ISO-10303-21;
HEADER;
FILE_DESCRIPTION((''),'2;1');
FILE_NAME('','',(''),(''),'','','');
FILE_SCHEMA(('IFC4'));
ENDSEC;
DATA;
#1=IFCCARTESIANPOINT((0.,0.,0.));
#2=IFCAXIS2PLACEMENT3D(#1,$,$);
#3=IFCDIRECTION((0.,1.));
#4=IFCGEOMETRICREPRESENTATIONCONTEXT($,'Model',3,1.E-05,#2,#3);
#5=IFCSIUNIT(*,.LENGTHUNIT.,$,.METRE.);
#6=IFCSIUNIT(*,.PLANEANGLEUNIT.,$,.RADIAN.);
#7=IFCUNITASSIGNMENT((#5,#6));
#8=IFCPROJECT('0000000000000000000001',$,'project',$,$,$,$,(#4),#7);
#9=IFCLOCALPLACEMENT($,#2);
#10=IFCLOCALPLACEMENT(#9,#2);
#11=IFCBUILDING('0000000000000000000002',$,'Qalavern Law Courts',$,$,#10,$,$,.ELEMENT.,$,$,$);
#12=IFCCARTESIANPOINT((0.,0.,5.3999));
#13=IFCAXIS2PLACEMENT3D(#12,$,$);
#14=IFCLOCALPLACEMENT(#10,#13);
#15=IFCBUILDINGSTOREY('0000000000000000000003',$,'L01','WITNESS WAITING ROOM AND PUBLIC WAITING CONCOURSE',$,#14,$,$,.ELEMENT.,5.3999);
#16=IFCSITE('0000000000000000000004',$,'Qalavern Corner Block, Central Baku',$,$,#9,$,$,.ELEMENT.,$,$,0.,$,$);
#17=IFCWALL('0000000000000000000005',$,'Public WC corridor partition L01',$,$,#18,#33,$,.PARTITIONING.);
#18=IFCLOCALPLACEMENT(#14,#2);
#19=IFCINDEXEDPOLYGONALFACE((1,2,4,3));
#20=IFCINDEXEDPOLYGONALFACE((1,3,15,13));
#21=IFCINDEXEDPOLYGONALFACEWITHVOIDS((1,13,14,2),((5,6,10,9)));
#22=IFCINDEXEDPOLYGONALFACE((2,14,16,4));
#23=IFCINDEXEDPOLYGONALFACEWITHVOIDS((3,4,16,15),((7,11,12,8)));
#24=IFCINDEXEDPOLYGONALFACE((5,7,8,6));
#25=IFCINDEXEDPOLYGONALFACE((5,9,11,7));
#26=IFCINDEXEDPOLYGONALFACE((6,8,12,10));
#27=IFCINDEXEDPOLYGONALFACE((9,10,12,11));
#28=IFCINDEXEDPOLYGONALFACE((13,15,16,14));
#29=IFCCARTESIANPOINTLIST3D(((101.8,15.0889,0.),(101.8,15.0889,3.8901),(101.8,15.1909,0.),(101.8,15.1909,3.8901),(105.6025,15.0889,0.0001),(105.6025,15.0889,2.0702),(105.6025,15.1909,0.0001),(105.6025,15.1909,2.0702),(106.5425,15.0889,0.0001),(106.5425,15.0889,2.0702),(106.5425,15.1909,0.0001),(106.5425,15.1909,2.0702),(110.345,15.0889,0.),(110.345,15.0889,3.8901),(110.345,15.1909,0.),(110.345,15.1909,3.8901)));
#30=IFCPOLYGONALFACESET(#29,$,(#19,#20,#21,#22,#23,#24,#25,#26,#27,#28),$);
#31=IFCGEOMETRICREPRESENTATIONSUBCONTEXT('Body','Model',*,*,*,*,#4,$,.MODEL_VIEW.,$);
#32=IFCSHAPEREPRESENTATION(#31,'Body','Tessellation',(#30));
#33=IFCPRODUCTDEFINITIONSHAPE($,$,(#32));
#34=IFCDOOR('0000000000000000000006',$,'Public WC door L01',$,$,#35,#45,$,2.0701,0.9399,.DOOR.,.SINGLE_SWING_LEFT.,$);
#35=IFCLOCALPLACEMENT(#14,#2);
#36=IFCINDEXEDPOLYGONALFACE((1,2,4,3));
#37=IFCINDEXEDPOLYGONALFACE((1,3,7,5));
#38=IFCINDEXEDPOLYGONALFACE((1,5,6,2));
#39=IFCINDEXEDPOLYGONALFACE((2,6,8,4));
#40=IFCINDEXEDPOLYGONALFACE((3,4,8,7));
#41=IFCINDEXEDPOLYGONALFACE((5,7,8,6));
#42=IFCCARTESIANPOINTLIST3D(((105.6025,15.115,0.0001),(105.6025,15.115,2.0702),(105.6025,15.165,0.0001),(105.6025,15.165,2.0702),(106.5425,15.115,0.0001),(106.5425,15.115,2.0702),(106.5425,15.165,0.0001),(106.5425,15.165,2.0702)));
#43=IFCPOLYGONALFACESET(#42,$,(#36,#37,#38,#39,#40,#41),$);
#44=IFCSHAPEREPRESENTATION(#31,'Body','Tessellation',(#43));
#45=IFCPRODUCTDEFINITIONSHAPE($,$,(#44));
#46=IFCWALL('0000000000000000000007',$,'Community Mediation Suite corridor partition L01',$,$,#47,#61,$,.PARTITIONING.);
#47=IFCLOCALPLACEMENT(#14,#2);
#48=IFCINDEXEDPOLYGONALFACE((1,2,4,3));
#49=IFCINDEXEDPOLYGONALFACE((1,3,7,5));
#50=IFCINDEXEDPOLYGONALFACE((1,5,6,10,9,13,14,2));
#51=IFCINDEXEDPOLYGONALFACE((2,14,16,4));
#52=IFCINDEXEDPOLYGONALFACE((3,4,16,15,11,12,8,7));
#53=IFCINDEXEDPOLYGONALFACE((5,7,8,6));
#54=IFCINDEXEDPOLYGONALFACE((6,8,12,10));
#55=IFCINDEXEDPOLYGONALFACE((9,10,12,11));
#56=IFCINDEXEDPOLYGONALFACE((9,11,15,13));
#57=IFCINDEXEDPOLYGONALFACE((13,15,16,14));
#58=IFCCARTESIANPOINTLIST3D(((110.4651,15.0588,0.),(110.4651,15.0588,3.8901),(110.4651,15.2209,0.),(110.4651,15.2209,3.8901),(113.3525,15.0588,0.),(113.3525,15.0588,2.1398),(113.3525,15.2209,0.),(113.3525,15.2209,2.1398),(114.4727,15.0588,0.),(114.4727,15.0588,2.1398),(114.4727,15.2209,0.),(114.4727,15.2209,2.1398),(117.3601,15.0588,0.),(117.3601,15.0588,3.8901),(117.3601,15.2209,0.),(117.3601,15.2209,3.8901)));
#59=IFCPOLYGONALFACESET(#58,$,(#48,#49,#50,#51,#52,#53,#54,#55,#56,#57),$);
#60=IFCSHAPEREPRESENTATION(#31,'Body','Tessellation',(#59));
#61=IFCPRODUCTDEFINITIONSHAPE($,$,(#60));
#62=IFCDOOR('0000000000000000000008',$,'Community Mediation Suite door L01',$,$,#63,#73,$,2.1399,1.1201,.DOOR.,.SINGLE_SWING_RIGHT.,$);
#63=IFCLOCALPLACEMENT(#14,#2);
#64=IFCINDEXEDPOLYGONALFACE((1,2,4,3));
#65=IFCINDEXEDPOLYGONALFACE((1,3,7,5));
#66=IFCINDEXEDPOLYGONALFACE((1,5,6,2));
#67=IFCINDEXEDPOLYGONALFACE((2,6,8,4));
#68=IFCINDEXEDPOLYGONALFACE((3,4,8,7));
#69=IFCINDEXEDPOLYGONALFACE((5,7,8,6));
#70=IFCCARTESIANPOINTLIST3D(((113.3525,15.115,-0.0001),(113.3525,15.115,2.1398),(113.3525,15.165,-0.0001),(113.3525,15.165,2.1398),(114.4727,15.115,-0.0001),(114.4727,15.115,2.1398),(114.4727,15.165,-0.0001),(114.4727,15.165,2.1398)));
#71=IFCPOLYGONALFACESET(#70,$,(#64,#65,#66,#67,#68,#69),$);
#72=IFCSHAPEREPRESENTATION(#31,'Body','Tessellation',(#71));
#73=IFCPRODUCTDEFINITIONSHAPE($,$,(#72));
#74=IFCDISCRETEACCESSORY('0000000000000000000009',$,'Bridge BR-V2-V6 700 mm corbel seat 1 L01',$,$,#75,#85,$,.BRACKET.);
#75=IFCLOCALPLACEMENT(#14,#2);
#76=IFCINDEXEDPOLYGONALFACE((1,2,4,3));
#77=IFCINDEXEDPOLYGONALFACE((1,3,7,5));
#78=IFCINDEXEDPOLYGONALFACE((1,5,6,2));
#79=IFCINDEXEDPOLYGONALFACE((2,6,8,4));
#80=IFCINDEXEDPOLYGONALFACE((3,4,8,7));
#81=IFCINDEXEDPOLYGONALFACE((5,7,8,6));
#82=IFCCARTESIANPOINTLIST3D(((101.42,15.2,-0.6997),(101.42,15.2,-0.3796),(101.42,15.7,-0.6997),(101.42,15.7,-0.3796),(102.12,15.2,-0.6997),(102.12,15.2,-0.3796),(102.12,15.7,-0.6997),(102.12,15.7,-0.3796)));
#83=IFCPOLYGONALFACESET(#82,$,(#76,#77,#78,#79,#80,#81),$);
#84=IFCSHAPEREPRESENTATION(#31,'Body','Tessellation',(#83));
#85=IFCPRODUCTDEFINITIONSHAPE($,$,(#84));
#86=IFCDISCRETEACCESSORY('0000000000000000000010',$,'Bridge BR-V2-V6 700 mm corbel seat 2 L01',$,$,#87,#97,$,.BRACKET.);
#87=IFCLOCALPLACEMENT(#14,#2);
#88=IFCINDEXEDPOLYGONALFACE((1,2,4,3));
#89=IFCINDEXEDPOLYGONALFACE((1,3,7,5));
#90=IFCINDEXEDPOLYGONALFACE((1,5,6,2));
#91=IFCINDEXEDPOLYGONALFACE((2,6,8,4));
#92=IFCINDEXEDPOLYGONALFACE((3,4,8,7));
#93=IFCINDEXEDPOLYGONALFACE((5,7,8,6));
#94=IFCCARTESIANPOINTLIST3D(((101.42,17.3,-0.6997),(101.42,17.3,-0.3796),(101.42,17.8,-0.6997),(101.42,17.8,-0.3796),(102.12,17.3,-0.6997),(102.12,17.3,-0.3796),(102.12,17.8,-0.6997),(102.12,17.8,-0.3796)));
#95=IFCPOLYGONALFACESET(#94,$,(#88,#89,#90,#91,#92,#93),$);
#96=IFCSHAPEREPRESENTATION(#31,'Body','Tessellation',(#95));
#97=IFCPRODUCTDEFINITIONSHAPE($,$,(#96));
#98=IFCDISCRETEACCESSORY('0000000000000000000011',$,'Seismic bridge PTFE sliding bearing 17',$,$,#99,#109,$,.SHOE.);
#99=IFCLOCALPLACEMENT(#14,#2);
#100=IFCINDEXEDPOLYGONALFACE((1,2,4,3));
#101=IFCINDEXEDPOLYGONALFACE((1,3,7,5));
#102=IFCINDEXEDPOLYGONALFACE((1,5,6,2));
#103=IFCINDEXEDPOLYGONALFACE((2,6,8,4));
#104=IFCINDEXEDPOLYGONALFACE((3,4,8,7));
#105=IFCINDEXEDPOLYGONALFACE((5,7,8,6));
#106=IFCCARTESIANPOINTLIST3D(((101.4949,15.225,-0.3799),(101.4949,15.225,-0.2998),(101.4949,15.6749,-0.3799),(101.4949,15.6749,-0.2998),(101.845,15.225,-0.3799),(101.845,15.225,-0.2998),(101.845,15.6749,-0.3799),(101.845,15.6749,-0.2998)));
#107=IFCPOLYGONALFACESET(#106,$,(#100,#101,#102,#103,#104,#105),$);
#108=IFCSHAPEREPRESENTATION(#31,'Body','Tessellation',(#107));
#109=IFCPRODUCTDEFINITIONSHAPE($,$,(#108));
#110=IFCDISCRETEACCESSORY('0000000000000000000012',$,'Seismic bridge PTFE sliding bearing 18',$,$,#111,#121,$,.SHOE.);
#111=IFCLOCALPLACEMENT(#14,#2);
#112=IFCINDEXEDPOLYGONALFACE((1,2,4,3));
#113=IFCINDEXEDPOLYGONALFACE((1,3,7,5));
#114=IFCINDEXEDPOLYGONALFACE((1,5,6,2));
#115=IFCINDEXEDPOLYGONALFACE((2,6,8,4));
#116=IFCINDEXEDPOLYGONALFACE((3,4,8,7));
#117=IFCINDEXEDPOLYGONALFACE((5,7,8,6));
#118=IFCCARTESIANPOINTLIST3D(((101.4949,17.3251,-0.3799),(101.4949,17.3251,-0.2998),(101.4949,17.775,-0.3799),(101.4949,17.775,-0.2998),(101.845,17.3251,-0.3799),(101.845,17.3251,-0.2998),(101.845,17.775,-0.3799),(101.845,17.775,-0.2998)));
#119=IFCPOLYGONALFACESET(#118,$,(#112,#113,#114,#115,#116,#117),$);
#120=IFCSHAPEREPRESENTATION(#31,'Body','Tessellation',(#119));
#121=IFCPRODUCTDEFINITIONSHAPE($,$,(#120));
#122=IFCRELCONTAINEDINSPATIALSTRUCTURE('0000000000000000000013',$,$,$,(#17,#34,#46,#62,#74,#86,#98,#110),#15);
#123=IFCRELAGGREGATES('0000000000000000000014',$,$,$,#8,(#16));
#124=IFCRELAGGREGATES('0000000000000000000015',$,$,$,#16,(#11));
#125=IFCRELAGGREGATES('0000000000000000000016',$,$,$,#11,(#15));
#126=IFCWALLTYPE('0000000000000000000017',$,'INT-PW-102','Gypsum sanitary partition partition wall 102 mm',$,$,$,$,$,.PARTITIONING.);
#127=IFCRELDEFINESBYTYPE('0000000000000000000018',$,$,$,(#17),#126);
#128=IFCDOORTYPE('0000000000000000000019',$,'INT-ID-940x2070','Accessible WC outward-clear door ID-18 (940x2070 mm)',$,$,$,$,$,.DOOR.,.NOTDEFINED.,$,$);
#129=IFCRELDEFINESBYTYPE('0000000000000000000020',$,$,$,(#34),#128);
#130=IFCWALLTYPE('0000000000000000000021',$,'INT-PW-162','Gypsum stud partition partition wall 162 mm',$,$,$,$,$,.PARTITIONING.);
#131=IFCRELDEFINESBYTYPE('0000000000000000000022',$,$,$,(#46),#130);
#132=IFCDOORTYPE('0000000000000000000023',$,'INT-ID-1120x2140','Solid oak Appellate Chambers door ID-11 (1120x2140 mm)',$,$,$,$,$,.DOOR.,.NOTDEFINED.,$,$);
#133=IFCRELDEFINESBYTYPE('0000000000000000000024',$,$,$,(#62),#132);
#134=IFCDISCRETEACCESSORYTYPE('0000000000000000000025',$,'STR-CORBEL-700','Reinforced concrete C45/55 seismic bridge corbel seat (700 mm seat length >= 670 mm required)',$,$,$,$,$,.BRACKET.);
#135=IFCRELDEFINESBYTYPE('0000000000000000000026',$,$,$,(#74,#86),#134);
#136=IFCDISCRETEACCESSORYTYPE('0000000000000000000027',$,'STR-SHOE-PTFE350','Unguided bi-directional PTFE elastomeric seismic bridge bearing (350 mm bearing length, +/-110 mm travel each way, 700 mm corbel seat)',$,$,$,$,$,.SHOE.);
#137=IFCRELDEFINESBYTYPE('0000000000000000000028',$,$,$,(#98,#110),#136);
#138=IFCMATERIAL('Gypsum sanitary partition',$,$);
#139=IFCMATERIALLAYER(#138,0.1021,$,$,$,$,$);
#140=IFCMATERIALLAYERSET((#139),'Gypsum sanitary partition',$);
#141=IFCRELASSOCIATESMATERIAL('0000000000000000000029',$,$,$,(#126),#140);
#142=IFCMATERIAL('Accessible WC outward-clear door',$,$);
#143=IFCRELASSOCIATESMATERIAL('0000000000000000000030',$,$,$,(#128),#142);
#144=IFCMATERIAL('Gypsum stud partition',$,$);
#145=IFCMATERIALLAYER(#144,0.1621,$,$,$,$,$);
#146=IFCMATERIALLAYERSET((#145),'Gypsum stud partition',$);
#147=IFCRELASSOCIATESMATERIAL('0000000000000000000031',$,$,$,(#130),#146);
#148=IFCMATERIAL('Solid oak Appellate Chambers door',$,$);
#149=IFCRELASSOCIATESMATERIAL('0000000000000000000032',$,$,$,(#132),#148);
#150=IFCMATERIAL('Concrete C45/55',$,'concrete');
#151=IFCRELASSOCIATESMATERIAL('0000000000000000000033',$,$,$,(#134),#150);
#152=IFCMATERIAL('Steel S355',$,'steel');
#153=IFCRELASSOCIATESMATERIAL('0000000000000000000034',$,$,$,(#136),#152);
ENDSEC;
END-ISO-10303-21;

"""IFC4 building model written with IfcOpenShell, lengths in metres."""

from ifc_helpers import new_model, si_unit, direction, frame, frame_2d, origin, origin_2d, place, context, subcontext, project, spatial, rectangle, extrude, material, layer, layer_set, type_object, element, fill, save


model = new_model("IFC4")

# Units and contexts
model_context = context("Model", 3, precision=1e-05, world=origin(), true_north=direction((0.0, 1.0)))
body_context = subcontext(model_context, "Body", "Model", "MODEL_VIEW")
ifc_project = project(units=[si_unit("LENGTHUNIT", "METRE"), si_unit("PLANEANGLEUNIT", "RADIAN")], contexts=[model_context])

# Site, building, storey
site_placement = place(None, origin())
site = spatial("IfcSite", under=ifc_project, at=site_placement, Name="Qalavern Corner Block, Central Baku", CompositionType="ELEMENT", RefElevation=0.0)
building_placement = place(site_placement, origin())
building = spatial("IfcBuilding", under=site, at=building_placement, Name="Qalavern Law Courts", CompositionType="ELEMENT")
storey_placement = place(building_placement, frame((0.0, 0.0, 5.3999)))
storey = spatial("IfcBuildingStorey", under=building, at=storey_placement, Name="L01", Description="WITNESS WAITING ROOM AND PUBLIC WAITING CONCOURSE", CompositionType="ELEMENT", Elevation=5.3999)

# Shared definitions
ifc_material_1 = material(Name="Concrete C45/55", Category="concrete")

# Shared definitions
ifc_material_2 = material(Name="Steel S355", Category="steel")

# Walls, openings, doors
ifc_material_3 = material(Name="Gypsum sanitary partition")
ifc_layer_1 = layer(ifc_material_3, 0.1021)
ifc_layer_set_1 = layer_set([ifc_layer_1], Name="Gypsum sanitary partition")
wall_type_1 = type_object("IfcWallType", Name="INT-PW-102", Description="Gypsum sanitary partition partition wall 102 mm", PredefinedType="PARTITIONING", material=ifc_layer_set_1)
wall_1_placement = place(storey_placement, frame((101.8, 15.1399, 0.0), z_axis=(0.0, 0.0, 1.0), x_axis=(1.0, 0.0, 0.0)))
wall_1 = element("IfcWall", 1, at=wall_1_placement, inside=storey, type_object=wall_type_1, Name="Public WC corridor partition L01", PredefinedType="PARTITIONING", context=body_context, shape_type="SweptSolid", body=[
    extrude(rectangle(XDim=8.5449, YDim=0.1021, at=frame_2d((4.2725, 0.0))), origin(), (0.0, 0.0, 1.0), 3.8901),
])
opening_1_placement = place(wall_1_placement, frame((3.8025, 0.0, 0.0)))
opening_1 = element("IfcOpeningElement", 2, at=opening_1_placement, cuts=wall_1, PredefinedType="OPENING", context=body_context, shape_type="SweptSolid", body=[
    extrude(rectangle(XDim=0.9399, YDim=2.0701, at=frame_2d((0.47, 1.0352))), frame((0.0, 0.0659, 0.0), z_axis=(0.0, -1.0, 0.0), x_axis=(1.0, 0.0, 0.0)), (0.0, 0.0, 1.0), 0.1318),
])
ifc_material_4 = material(Name="Accessible WC outward-clear door")
door_type_1 = type_object("IfcDoorType", Name="INT-ID-940x2070", Description="Accessible WC outward-clear door ID-18 (940x2070 mm)", OperationType="NOTDEFINED", PredefinedType="DOOR", material=ifc_material_4)
door_1_placement = place(opening_1_placement, frame((0.9399, 0.0, 0.0), z_axis=(0.0, 0.0, 1.0), x_axis=(-1.0, 0.0, 0.0)))
door_1 = element("IfcDoor", 3, at=door_1_placement, inside=storey, type_object=door_type_1, Name="Public WC door L01", OperationType="SINGLE_SWING_LEFT", OverallHeight=2.0701, OverallWidth=0.9399, PredefinedType="DOOR", context=body_context, shape_type="SweptSolid", body=[
    extrude(rectangle(XDim=0.9399, YDim=2.0701, at=frame_2d((0.47, 1.0352))), frame((0.0, 0.0249, 0.0), z_axis=(0.0, -1.0, 0.0), x_axis=(1.0, 0.0, 0.0)), (0.0, 0.0, 1.0), 0.05),
])
fill(opening_1, door_1)
ifc_material_5 = material(Name="Gypsum stud partition")
ifc_layer_2 = layer(ifc_material_5, 0.1621)
ifc_layer_set_2 = layer_set([ifc_layer_2], Name="Gypsum stud partition")
wall_type_2 = type_object("IfcWallType", Name="INT-PW-162", Description="Gypsum stud partition partition wall 162 mm", PredefinedType="PARTITIONING", material=ifc_layer_set_2)
wall_2_placement = place(storey_placement, frame((110.4651, 15.1399, 0.0), z_axis=(0.0, 0.0, 1.0), x_axis=(1.0, 0.0, 0.0)))
wall_2 = element("IfcWall", 4, at=wall_2_placement, inside=storey, type_object=wall_type_2, Name="Community Mediation Suite corridor partition L01", PredefinedType="PARTITIONING", context=body_context, shape_type="SweptSolid", body=[
    extrude(rectangle(XDim=6.895, YDim=0.1621, at=frame_2d((3.4475, 0.0))), origin(), (0.0, 0.0, 1.0), 3.8901),
])
opening_2_placement = place(wall_2_placement, frame((2.8875, 0.0, 0.0)))
opening_2 = element("IfcOpeningElement", 5, at=opening_2_placement, cuts=wall_2, PredefinedType="OPENING", context=body_context, shape_type="SweptSolid", body=[
    extrude(rectangle(XDim=1.1201, YDim=2.1399, at=frame_2d((0.5601, 1.0698))), frame((0.0, 0.0959, 0.0), z_axis=(0.0, -1.0, 0.0), x_axis=(1.0, 0.0, 0.0)), (0.0, 0.0, 1.0), 0.1919),
])
ifc_material_6 = material(Name="Solid oak Appellate Chambers door")
door_type_2 = type_object("IfcDoorType", Name="INT-ID-1120x2140", Description="Solid oak Appellate Chambers door ID-11 (1120x2140 mm)", OperationType="NOTDEFINED", PredefinedType="DOOR", material=ifc_material_6)
door_2_placement = place(opening_2_placement, frame((1.1201, 0.0, 0.0), z_axis=(0.0, 0.0, 1.0), x_axis=(-1.0, 0.0, 0.0)))
door_2 = element("IfcDoor", 6, at=door_2_placement, inside=storey, type_object=door_type_2, Name="Community Mediation Suite door L01", OperationType="SINGLE_SWING_RIGHT", OverallHeight=2.1399, OverallWidth=1.1201, PredefinedType="DOOR", context=body_context, shape_type="SweptSolid", body=[
    extrude(rectangle(XDim=1.1201, YDim=2.1399, at=frame_2d((0.5601, 1.0698))), frame((0.0, 0.0249, 0.0), z_axis=(0.0, -1.0, 0.0), x_axis=(1.0, 0.0, 0.0)), (0.0, 0.0, 1.0), 0.05),
])
fill(opening_2, door_2)

# Discrete accessories
discrete_accessory_type_1 = type_object("IfcDiscreteAccessoryType", Name="STR-CORBEL-700", Description="Reinforced concrete C45/55 seismic bridge corbel seat (700 mm seat length >= 670 mm required)", PredefinedType="BRACKET", material=ifc_material_1)
for number, where, z_axis, x_axis, name in (
    (7, (101.77, 15.45, -0.6997), (0.0, 0.0, 1.0), (1.0, 0.0, 0.0), "Bridge BR-V2-V6 700 mm corbel seat 1 L01"),
    (8, (101.77, 17.55, -0.6997), (0.0, 0.0, 1.0), (1.0, 0.0, 0.0), "Bridge BR-V2-V6 700 mm corbel seat 2 L01"),
):
    element("IfcDiscreteAccessory", number, at=place(storey_placement, frame(where, z_axis=z_axis, x_axis=x_axis)), inside=storey, type_object=discrete_accessory_type_1, Name=name, PredefinedType="BRACKET", context=body_context, shape_type="SweptSolid", body=[
        extrude(rectangle(XDim=0.7, YDim=0.5, at=origin_2d()), origin(), (0.0, 0.0, 1.0), 0.3201),
    ])
discrete_accessory_type_2 = type_object("IfcDiscreteAccessoryType", Name="STR-SHOE-PTFE350", Description="Unguided bi-directional PTFE elastomeric seismic bridge bearing (350 mm bearing length, +/-110 mm travel each way, 700 mm corbel seat)", PredefinedType="SHOE", material=ifc_material_2)
for number, where, z_axis, x_axis, name in (
    (9, (101.6699, 15.45, -0.3799), (0.0, 0.0, 1.0), (1.0, 0.0, 0.0), "Seismic bridge PTFE sliding bearing 17"),
    (10, (101.6699, 17.55, -0.3799), (0.0, 0.0, 1.0), (1.0, 0.0, 0.0), "Seismic bridge PTFE sliding bearing 18"),
):
    element("IfcDiscreteAccessory", number, at=place(storey_placement, frame(where, z_axis=z_axis, x_axis=x_axis)), inside=storey, type_object=discrete_accessory_type_2, Name=name, PredefinedType="SHOE", context=body_context, shape_type="SweptSolid", body=[
        extrude(rectangle(XDim=0.3501, YDim=0.45, at=origin_2d()), origin(), (0.0, 0.0, 1.0), 0.0801),
    ])

save(model, "model.ifc")
